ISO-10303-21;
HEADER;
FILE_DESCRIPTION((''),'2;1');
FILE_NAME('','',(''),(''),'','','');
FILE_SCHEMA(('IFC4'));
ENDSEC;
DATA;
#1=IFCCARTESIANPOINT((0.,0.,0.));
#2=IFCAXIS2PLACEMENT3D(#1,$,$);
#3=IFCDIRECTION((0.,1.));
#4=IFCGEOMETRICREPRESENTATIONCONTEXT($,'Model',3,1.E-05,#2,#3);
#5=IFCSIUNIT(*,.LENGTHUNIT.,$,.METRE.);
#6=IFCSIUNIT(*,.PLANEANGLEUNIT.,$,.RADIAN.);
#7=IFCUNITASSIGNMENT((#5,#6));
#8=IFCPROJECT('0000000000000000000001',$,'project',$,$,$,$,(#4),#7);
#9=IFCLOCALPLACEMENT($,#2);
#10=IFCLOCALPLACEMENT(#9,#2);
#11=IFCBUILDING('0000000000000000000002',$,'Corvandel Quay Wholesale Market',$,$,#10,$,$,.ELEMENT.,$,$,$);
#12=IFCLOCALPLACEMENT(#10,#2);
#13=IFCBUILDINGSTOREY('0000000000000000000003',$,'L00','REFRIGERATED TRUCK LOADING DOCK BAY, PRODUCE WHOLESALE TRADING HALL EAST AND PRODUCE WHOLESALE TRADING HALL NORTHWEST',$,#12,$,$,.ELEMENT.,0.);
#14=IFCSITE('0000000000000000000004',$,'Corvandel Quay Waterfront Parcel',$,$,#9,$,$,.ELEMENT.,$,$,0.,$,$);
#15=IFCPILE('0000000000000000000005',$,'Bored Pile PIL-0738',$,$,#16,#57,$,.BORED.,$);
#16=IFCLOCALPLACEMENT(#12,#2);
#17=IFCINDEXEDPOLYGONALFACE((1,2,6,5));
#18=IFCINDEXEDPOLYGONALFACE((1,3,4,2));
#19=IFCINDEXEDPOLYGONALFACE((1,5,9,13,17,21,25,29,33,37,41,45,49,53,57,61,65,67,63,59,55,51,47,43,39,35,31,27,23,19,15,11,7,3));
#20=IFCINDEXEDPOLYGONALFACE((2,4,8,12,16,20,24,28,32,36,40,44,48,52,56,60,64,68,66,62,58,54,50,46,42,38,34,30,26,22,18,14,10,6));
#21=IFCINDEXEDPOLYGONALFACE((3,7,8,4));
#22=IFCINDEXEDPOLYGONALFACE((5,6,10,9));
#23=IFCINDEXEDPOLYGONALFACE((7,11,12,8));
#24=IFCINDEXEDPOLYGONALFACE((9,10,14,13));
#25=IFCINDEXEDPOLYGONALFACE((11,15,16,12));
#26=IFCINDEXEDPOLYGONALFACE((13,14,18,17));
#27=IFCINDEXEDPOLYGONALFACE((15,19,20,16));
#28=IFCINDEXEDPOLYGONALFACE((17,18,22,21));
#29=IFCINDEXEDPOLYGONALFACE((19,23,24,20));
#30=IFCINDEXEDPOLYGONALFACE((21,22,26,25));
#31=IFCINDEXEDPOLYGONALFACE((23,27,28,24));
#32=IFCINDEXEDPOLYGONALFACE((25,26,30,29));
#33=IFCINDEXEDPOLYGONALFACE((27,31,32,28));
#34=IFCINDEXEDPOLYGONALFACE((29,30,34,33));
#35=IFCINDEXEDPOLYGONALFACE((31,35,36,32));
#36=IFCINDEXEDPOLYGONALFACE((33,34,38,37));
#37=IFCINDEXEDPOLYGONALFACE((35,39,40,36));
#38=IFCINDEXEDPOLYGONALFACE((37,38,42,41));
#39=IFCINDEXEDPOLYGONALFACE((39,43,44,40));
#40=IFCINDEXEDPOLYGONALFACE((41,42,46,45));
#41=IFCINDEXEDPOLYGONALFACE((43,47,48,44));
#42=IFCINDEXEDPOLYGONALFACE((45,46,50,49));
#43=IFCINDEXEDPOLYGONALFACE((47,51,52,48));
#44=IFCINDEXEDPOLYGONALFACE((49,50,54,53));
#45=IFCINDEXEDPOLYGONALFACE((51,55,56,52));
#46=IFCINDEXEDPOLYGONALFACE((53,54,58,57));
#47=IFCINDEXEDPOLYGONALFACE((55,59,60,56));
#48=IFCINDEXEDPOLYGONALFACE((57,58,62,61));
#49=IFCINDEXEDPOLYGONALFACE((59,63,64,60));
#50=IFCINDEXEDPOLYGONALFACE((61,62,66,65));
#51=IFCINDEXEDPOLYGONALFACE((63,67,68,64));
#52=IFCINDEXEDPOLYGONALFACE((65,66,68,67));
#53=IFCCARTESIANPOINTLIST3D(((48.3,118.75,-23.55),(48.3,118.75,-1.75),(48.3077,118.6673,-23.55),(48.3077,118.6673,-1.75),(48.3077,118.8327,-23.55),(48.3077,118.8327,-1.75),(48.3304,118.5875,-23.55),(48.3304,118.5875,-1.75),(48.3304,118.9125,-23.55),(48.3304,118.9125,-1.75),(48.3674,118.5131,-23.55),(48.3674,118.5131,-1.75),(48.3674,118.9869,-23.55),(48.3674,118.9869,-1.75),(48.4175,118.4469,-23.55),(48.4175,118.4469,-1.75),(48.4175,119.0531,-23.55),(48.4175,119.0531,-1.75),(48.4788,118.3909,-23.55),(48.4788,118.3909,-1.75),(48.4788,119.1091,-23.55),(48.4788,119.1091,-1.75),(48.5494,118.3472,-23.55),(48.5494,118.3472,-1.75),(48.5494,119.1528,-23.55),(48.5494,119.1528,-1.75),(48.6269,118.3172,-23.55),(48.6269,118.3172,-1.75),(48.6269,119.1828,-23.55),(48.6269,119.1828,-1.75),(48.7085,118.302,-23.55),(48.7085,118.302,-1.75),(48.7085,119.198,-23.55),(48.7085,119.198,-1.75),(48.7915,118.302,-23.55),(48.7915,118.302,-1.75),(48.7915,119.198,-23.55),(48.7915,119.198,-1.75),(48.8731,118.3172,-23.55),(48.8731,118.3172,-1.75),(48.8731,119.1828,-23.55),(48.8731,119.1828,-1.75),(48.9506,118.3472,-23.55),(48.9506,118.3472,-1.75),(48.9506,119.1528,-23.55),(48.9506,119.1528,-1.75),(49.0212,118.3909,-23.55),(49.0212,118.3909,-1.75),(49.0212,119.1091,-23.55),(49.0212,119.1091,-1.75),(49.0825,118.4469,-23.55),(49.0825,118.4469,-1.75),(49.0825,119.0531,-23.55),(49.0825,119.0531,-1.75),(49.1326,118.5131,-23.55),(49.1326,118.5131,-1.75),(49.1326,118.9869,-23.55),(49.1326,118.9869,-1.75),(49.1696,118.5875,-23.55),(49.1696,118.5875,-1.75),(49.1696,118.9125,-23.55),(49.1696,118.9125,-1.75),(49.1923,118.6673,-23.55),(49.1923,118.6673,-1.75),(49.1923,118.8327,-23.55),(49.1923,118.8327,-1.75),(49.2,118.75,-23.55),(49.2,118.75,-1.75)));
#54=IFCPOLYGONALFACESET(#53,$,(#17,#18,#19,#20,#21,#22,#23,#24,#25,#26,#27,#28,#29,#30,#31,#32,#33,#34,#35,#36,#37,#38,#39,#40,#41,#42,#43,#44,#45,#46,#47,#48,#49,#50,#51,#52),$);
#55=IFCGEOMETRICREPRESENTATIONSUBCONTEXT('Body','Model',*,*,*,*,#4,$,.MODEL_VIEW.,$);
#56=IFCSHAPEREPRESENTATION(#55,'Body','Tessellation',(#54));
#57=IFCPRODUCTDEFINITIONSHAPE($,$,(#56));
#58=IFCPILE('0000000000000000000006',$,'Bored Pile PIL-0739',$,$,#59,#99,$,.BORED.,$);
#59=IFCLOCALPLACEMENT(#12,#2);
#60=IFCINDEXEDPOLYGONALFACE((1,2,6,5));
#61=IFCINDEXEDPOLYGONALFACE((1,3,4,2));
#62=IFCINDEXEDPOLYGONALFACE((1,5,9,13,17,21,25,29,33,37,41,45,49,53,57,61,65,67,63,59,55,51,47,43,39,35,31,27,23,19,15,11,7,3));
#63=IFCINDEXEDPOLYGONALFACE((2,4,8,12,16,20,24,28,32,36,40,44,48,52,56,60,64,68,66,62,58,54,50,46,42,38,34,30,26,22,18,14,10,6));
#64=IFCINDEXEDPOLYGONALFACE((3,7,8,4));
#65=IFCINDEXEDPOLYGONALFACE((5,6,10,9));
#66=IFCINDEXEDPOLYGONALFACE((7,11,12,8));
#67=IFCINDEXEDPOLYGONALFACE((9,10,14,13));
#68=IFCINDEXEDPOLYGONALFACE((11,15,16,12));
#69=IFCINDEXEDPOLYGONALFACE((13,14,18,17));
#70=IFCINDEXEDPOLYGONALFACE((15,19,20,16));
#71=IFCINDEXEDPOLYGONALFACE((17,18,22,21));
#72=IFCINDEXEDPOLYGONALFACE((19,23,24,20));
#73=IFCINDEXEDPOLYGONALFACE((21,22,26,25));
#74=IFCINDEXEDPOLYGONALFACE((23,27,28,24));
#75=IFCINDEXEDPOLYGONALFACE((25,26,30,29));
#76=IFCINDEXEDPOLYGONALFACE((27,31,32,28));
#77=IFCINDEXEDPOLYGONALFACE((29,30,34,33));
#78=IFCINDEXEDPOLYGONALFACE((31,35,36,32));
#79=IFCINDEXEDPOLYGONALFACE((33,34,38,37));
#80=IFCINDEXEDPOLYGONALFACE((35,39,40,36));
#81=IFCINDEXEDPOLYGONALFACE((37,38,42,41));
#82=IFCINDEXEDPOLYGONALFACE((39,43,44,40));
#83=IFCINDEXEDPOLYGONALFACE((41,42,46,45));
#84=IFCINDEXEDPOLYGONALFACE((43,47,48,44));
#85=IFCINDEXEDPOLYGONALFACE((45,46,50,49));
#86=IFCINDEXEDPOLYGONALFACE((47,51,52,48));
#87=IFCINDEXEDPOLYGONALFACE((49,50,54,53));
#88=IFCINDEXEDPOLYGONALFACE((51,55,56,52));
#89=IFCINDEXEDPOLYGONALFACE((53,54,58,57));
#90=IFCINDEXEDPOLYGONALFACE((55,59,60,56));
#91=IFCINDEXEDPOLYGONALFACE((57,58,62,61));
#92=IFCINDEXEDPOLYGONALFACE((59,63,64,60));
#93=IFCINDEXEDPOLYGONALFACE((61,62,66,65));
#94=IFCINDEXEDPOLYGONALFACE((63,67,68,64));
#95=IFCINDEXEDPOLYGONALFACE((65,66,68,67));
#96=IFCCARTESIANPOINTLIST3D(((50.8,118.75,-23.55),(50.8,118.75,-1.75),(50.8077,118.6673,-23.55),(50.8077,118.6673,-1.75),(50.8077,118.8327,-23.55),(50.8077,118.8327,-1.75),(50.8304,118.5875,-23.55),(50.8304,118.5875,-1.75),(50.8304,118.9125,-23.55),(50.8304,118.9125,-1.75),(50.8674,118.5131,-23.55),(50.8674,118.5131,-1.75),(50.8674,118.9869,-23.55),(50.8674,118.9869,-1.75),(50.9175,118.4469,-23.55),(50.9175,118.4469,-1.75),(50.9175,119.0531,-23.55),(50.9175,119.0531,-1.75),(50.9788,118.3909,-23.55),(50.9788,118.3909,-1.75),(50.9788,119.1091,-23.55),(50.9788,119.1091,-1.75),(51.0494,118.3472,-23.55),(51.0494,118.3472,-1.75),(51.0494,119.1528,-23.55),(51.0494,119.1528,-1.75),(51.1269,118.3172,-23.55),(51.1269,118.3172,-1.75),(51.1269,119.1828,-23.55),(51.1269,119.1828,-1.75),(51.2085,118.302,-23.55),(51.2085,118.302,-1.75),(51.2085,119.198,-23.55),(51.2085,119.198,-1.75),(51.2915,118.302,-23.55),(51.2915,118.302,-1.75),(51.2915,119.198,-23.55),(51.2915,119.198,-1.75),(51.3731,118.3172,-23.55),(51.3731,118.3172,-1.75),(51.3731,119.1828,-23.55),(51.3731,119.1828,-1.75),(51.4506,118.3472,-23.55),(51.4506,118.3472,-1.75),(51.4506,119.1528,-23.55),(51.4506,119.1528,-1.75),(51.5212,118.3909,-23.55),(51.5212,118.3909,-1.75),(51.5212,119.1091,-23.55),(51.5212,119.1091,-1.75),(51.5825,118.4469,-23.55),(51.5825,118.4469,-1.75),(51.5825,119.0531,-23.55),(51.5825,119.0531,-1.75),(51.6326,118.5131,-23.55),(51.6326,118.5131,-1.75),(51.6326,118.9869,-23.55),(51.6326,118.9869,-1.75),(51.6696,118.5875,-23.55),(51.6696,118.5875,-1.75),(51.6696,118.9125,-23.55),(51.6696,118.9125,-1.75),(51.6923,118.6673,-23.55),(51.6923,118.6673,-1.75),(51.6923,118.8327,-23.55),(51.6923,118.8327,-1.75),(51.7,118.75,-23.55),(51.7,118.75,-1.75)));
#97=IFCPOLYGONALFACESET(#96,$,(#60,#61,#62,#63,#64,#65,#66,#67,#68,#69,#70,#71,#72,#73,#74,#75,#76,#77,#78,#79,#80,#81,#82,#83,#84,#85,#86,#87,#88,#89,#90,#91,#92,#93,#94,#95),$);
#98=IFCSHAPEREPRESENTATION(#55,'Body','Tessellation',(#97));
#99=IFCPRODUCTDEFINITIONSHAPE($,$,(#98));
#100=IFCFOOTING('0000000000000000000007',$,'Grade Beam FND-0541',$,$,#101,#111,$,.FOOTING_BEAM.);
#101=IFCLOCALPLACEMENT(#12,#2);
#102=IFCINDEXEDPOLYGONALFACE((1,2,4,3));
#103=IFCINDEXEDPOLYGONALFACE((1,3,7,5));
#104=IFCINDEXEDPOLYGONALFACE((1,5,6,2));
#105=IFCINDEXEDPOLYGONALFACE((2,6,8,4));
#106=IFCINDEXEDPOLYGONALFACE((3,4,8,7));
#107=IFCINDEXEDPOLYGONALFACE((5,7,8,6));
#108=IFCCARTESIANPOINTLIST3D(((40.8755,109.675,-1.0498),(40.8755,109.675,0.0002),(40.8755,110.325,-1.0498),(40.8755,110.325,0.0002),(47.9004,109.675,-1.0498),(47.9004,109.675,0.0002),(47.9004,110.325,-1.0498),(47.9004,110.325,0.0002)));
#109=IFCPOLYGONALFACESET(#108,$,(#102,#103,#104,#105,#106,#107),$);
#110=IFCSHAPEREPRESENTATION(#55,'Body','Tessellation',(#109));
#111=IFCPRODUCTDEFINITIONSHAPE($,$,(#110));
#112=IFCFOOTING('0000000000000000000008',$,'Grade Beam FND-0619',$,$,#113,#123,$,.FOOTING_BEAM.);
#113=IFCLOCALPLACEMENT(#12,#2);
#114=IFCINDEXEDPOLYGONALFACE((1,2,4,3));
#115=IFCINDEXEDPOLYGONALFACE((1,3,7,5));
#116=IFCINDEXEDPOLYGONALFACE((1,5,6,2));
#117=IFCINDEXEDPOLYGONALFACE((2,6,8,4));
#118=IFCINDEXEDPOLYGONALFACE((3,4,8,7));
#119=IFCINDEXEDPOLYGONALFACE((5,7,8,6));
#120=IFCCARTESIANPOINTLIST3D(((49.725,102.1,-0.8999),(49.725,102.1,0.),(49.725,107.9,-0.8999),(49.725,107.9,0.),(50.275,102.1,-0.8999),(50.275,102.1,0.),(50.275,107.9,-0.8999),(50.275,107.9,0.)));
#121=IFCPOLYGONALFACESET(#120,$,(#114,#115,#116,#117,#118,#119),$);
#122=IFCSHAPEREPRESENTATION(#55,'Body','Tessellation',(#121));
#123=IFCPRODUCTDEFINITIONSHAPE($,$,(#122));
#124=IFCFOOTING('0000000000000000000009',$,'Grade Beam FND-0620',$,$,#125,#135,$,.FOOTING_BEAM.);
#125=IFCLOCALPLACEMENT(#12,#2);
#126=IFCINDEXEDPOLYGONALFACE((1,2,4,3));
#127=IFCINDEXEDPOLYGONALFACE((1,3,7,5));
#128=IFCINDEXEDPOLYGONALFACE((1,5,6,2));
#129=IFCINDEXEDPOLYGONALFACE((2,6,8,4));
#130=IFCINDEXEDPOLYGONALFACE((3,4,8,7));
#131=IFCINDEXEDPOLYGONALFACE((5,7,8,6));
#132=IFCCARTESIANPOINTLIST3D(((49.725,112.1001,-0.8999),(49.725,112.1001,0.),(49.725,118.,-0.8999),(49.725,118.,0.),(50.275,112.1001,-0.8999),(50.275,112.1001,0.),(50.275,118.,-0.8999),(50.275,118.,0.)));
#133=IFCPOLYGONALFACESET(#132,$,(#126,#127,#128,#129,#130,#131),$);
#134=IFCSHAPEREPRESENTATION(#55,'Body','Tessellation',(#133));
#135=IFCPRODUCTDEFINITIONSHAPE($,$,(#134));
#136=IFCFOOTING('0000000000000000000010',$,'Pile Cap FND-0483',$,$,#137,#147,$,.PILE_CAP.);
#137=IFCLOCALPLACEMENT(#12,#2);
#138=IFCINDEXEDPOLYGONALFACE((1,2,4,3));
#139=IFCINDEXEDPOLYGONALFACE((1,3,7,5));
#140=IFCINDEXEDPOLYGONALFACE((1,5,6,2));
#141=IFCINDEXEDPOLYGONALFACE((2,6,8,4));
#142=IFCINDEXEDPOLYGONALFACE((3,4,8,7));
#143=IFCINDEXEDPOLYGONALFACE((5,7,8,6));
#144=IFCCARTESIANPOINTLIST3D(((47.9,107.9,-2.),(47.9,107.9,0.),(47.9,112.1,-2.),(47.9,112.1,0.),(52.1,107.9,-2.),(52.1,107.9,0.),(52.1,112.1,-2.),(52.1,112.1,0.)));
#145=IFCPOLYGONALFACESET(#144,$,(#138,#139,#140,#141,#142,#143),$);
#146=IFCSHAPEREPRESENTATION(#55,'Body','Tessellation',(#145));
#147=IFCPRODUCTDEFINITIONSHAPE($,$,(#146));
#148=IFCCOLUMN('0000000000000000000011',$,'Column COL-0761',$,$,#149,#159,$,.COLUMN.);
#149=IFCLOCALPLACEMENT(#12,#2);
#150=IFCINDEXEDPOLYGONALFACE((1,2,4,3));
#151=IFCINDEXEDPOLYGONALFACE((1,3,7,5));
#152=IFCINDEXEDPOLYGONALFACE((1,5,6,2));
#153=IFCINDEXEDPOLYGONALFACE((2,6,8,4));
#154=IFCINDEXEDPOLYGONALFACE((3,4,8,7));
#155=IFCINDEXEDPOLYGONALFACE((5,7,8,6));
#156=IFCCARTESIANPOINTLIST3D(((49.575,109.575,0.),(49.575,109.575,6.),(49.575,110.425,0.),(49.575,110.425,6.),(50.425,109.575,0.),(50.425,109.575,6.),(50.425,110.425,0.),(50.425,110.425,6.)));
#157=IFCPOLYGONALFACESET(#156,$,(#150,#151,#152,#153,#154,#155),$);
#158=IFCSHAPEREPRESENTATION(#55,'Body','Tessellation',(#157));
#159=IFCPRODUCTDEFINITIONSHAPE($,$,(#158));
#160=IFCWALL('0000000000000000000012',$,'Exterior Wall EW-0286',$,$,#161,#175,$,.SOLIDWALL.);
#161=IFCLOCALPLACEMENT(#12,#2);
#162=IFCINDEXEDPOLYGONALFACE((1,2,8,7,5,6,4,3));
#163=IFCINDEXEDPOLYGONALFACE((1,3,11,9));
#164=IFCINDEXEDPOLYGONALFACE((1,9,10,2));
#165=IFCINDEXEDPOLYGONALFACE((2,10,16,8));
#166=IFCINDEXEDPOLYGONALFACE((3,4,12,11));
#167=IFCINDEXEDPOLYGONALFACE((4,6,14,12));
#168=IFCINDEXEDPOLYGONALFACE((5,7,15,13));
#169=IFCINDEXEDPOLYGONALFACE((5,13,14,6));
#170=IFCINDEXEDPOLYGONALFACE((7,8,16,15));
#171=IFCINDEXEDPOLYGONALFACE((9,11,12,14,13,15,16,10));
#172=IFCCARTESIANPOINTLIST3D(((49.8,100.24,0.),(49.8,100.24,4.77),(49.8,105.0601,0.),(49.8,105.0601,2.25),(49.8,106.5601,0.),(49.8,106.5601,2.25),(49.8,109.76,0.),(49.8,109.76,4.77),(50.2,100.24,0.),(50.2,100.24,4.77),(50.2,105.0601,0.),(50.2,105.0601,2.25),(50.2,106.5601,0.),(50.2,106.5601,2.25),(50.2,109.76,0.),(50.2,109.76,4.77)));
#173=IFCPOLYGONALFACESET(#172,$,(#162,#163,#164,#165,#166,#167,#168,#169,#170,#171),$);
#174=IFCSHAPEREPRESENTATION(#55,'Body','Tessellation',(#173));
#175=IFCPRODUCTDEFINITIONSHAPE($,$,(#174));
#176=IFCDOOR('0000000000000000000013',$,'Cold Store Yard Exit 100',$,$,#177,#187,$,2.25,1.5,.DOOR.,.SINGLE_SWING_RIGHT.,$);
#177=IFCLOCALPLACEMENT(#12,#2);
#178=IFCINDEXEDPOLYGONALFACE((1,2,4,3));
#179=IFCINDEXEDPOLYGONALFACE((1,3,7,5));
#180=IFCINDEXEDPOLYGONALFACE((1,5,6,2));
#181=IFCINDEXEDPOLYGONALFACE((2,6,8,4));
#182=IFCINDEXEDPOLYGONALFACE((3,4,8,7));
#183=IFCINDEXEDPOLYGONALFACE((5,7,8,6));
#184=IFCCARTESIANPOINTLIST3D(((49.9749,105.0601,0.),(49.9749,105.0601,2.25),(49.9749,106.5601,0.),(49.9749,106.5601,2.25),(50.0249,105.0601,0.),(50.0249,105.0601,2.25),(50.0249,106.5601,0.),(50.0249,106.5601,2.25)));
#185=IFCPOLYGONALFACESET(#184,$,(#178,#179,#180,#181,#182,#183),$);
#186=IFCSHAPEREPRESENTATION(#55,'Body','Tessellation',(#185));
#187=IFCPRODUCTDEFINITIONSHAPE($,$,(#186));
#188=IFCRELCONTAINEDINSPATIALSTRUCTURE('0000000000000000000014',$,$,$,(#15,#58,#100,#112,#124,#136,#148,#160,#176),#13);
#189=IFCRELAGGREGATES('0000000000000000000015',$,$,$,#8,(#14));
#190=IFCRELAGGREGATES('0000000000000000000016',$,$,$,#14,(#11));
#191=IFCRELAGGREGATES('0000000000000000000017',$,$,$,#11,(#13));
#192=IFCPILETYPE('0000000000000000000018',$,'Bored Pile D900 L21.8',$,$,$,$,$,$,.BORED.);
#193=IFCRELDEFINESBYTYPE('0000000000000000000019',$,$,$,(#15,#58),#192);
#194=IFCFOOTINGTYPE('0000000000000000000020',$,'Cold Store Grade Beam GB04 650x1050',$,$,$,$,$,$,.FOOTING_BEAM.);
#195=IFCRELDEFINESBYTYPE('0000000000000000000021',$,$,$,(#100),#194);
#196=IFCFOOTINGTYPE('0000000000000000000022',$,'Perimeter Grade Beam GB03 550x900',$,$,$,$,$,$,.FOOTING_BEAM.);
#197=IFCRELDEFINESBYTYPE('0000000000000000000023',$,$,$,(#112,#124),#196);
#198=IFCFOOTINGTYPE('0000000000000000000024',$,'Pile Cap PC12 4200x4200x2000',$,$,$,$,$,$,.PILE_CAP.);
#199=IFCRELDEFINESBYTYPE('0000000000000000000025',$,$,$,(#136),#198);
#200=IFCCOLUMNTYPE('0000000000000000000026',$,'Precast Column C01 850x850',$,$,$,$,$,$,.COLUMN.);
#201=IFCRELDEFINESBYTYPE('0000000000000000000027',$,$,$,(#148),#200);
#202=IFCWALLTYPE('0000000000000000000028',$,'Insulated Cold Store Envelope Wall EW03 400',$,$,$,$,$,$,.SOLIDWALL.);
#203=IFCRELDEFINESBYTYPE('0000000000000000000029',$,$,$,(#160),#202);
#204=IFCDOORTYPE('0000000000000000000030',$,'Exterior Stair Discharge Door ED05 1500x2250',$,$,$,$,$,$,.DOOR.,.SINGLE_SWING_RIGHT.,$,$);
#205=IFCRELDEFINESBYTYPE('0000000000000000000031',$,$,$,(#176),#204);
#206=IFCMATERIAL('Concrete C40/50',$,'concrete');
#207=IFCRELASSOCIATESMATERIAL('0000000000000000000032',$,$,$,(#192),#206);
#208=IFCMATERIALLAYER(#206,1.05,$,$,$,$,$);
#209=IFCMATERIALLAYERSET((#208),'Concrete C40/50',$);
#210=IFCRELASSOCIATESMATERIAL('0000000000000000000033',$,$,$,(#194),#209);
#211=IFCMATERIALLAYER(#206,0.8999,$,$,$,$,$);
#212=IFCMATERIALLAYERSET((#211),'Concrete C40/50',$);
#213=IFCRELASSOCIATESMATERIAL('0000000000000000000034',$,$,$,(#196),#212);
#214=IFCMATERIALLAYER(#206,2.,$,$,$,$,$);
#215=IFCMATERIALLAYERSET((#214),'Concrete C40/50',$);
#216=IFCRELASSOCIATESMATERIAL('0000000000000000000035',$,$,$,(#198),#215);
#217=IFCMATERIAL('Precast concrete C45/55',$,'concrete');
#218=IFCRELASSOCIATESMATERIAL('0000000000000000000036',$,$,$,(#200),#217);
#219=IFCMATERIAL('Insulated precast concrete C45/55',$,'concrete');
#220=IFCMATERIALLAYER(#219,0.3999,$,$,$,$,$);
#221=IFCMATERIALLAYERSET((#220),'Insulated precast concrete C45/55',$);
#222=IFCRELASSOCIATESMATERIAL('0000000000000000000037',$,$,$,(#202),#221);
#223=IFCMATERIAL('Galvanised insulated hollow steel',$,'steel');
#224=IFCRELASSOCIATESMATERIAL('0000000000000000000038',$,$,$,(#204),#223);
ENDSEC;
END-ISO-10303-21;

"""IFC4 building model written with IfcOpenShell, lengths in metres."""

from ifc_helpers import new_model, si_unit, direction, frame, frame_2d, origin, origin_2d, place, context, subcontext, project, spatial, rectangle, circle, extrude, material, layer, layer_set, material_profile, profile_set, type_object, element, fill, save


model = new_model("IFC4")

# Units and contexts
model_context = context("Model", 3, precision=1e-05, world=origin(), true_north=direction((0.0, 1.0)))
body_context = subcontext(model_context, "Body", "Model", "MODEL_VIEW")
ifc_project = project(units=[si_unit("LENGTHUNIT", "METRE"), si_unit("PLANEANGLEUNIT", "RADIAN")], contexts=[model_context])

# Site, building, storey
site_placement = place(None, origin())
site = spatial("IfcSite", under=ifc_project, at=site_placement, Name="Corvandel Quay Waterfront Parcel", CompositionType="ELEMENT", RefElevation=0.0)
building_placement = place(site_placement, origin())
building = spatial("IfcBuilding", under=site, at=building_placement, Name="Corvandel Quay Wholesale Market", CompositionType="ELEMENT")
storey_placement = place(building_placement, origin())
storey = spatial("IfcBuildingStorey", under=building, at=storey_placement, Name="L00", Description="REFRIGERATED TRUCK LOADING DOCK BAY, PRODUCE WHOLESALE TRADING HALL EAST AND PRODUCE WHOLESALE TRADING HALL NORTHWEST", CompositionType="ELEMENT", Elevation=0.0)

# Piles
ifc_material_1 = material(Name="Concrete C40/50", Category="concrete")
ifc_material_profile_1 = material_profile(ifc_material_1, circle(Radius=0.45, at=origin_2d()), Name="RC-PILE-D900")
ifc_profile_set_1 = profile_set([ifc_material_profile_1], Name="Concrete C40/50")
pile_type_1 = type_object("IfcPileType", Name="Bored Pile D900 L21.8", PredefinedType="BORED", material=ifc_profile_set_1)
for number, where, z_axis, x_axis, name in (
    (1, (48.75, 118.75, -1.75), (0.0, 0.0, -1.0), (1.0, 0.0, 0.0), "Bored Pile PIL-0738"),
    (2, (51.25, 118.75, -1.75), (0.0, 0.0, -1.0), (1.0, 0.0, 0.0), "Bored Pile PIL-0739"),
):
    element("IfcPile", number, at=place(storey_placement, frame(where, z_axis=z_axis, x_axis=x_axis)), inside=storey, type_object=pile_type_1, Name=name, PredefinedType="BORED", context=body_context, shape_type="SweptSolid", body=[
        extrude(circle(Radius=0.45, at=origin_2d()), origin(), (0.0, 0.0, 1.0), 21.8),
    ])

# Footings
ifc_layer_1 = layer(ifc_material_1, 1.05)
ifc_layer_set_1 = layer_set([ifc_layer_1], Name="Concrete C40/50")
footing_type_1 = type_object("IfcFootingType", Name="Cold Store Grade Beam GB04 650x1050", PredefinedType="FOOTING_BEAM", material=ifc_layer_set_1)
footing_1_placement = place(storey_placement, frame((44.3879, 110.0, -1.0498), z_axis=(0.0, 0.0, 1.0), x_axis=(1.0, 0.0, 0.0)))
element("IfcFooting", 3, at=footing_1_placement, inside=storey, type_object=footing_type_1, Name="Grade Beam FND-0541", PredefinedType="FOOTING_BEAM", context=body_context, shape_type="SweptSolid", body=[
    extrude(rectangle(XDim=7.0249, YDim=0.6499, at=origin_2d()), origin(), (0.0, 0.0, 1.0), 1.05),
])
ifc_layer_2 = layer(ifc_material_1, 0.8999)
ifc_layer_set_2 = layer_set([ifc_layer_2], Name="Concrete C40/50")
footing_type_2 = type_object("IfcFootingType", Name="Perimeter Grade Beam GB03 550x900", PredefinedType="FOOTING_BEAM", material=ifc_layer_set_2)
footing_2_placement = place(storey_placement, frame((50.0, 105.0, -0.8999), z_axis=(0.0, 0.0, 1.0), x_axis=(0.0, 1.0, 0.0)))
element("IfcFooting", 4, at=footing_2_placement, inside=storey, type_object=footing_type_2, Name="Grade Beam FND-0619", PredefinedType="FOOTING_BEAM", context=body_context, shape_type="SweptSolid", body=[
    extrude(rectangle(XDim=5.8, YDim=0.55, at=origin_2d()), origin(), (0.0, 0.0, 1.0), 0.8999),
])
footing_3_placement = place(storey_placement, frame((50.0, 115.05, -0.8999), z_axis=(0.0, 0.0, 1.0), x_axis=(0.0, 1.0, 0.0)))
element("IfcFooting", 5, at=footing_3_placement, inside=storey, type_object=footing_type_2, Name="Grade Beam FND-0620", PredefinedType="FOOTING_BEAM", context=body_context, shape_type="SweptSolid", body=[
    extrude(rectangle(XDim=5.8999, YDim=0.55, at=origin_2d()), origin(), (0.0, 0.0, 1.0), 0.8999),
])
ifc_layer_3 = layer(ifc_material_1, 2.0)
ifc_layer_set_3 = layer_set([ifc_layer_3], Name="Concrete C40/50")
footing_type_3 = type_object("IfcFootingType", Name="Pile Cap PC12 4200x4200x2000", PredefinedType="PILE_CAP", material=ifc_layer_set_3)
footing_4_placement = place(storey_placement, frame((50.0, 110.0, -2.0), z_axis=(0.0, 0.0, 1.0), x_axis=(1.0, 0.0, 0.0)))
element("IfcFooting", 6, at=footing_4_placement, inside=storey, type_object=footing_type_3, Name="Pile Cap FND-0483", PredefinedType="PILE_CAP", context=body_context, shape_type="SweptSolid", body=[
    extrude(rectangle(XDim=4.2, YDim=4.2, at=origin_2d()), origin(), (0.0, 0.0, 1.0), 2.0),
])

# Column
ifc_material_2 = material(Name="Precast concrete C45/55", Category="concrete")
ifc_material_profile_2 = material_profile(ifc_material_2, rectangle(XDim=0.8501, YDim=0.8501, at=origin_2d()), Name="PC-COL-850x850")
ifc_profile_set_2 = profile_set([ifc_material_profile_2], Name="Precast concrete C45/55")
column_type = type_object("IfcColumnType", Name="Precast Column C01 850x850", PredefinedType="COLUMN", material=ifc_profile_set_2)
column_placement = place(storey_placement, frame((50.0, 110.0, 0.0), z_axis=(0.0, 0.0, 1.0), x_axis=(1.0, 0.0, 0.0)))
element("IfcColumn", 7, at=column_placement, inside=storey, type_object=column_type, Name="Column COL-0761", PredefinedType="COLUMN", context=body_context, shape_type="SweptSolid", body=[
    extrude(rectangle(XDim=0.8501, YDim=0.8501, at=origin_2d()), origin(), (0.0, 0.0, 1.0), 6.0),
])

# Wall, opening, door
ifc_material_3 = material(Name="Insulated precast concrete C45/55", Category="concrete")
ifc_layer_4 = layer(ifc_material_3, 0.3999)
ifc_layer_set_4 = layer_set([ifc_layer_4], Name="Insulated precast concrete C45/55")
wall_type_1 = type_object("IfcWallType", Name="Insulated Cold Store Envelope Wall EW03 400", PredefinedType="SOLIDWALL", material=ifc_layer_set_4)
wall_1_placement = place(storey_placement, frame((50.0, 109.76, 0.0), z_axis=(0.0, 0.0, 1.0), x_axis=(0.0, -1.0, 0.0)))
wall_1 = element("IfcWall", 8, at=wall_1_placement, inside=storey, type_object=wall_type_1, Name="Exterior Wall EW-0286", PredefinedType="SOLIDWALL", context=body_context, shape_type="SweptSolid", body=[
    extrude(rectangle(XDim=9.52, YDim=0.3999, at=frame_2d((4.76, 0.0))), origin(), (0.0, 0.0, 1.0), 4.77),
])
opening_placement = place(wall_1_placement, frame((3.2, 0.0, 0.0)))
opening = element("IfcOpeningElement", 9, at=opening_placement, cuts=wall_1, PredefinedType="OPENING", context=body_context, shape_type="SweptSolid", body=[
    extrude(rectangle(XDim=1.5, YDim=2.25, at=frame_2d((0.75, 1.125))), frame((0.0, 0.21, 0.0), z_axis=(0.0, -1.0, 0.0), x_axis=(1.0, 0.0, 0.0)), (0.0, 0.0, 1.0), 0.4199),
])
ifc_material_4 = material(Name="Galvanised insulated hollow steel", Category="steel")
door_type = type_object("IfcDoorType", Name="Exterior Stair Discharge Door ED05 1500x2250", OperationType="SINGLE_SWING_RIGHT", PredefinedType="DOOR", material=ifc_material_4)
door_placement = place(opening_placement, origin())
door = element("IfcDoor", 10, at=door_placement, inside=storey, type_object=door_type, Name="Cold Store Yard Exit 100", OperationType="SINGLE_SWING_RIGHT", OverallHeight=2.25, OverallWidth=1.5, PredefinedType="DOOR", context=body_context, shape_type="SweptSolid", body=[
    extrude(rectangle(XDim=1.5, YDim=2.25, at=frame_2d((0.75, 1.125))), frame((0.0, 0.0249, 0.0), z_axis=(0.0, -1.0, 0.0), x_axis=(1.0, 0.0, 0.0)), (0.0, 0.0, 1.0), 0.05),
])
fill(opening, door)

save(model, "model.ifc")
